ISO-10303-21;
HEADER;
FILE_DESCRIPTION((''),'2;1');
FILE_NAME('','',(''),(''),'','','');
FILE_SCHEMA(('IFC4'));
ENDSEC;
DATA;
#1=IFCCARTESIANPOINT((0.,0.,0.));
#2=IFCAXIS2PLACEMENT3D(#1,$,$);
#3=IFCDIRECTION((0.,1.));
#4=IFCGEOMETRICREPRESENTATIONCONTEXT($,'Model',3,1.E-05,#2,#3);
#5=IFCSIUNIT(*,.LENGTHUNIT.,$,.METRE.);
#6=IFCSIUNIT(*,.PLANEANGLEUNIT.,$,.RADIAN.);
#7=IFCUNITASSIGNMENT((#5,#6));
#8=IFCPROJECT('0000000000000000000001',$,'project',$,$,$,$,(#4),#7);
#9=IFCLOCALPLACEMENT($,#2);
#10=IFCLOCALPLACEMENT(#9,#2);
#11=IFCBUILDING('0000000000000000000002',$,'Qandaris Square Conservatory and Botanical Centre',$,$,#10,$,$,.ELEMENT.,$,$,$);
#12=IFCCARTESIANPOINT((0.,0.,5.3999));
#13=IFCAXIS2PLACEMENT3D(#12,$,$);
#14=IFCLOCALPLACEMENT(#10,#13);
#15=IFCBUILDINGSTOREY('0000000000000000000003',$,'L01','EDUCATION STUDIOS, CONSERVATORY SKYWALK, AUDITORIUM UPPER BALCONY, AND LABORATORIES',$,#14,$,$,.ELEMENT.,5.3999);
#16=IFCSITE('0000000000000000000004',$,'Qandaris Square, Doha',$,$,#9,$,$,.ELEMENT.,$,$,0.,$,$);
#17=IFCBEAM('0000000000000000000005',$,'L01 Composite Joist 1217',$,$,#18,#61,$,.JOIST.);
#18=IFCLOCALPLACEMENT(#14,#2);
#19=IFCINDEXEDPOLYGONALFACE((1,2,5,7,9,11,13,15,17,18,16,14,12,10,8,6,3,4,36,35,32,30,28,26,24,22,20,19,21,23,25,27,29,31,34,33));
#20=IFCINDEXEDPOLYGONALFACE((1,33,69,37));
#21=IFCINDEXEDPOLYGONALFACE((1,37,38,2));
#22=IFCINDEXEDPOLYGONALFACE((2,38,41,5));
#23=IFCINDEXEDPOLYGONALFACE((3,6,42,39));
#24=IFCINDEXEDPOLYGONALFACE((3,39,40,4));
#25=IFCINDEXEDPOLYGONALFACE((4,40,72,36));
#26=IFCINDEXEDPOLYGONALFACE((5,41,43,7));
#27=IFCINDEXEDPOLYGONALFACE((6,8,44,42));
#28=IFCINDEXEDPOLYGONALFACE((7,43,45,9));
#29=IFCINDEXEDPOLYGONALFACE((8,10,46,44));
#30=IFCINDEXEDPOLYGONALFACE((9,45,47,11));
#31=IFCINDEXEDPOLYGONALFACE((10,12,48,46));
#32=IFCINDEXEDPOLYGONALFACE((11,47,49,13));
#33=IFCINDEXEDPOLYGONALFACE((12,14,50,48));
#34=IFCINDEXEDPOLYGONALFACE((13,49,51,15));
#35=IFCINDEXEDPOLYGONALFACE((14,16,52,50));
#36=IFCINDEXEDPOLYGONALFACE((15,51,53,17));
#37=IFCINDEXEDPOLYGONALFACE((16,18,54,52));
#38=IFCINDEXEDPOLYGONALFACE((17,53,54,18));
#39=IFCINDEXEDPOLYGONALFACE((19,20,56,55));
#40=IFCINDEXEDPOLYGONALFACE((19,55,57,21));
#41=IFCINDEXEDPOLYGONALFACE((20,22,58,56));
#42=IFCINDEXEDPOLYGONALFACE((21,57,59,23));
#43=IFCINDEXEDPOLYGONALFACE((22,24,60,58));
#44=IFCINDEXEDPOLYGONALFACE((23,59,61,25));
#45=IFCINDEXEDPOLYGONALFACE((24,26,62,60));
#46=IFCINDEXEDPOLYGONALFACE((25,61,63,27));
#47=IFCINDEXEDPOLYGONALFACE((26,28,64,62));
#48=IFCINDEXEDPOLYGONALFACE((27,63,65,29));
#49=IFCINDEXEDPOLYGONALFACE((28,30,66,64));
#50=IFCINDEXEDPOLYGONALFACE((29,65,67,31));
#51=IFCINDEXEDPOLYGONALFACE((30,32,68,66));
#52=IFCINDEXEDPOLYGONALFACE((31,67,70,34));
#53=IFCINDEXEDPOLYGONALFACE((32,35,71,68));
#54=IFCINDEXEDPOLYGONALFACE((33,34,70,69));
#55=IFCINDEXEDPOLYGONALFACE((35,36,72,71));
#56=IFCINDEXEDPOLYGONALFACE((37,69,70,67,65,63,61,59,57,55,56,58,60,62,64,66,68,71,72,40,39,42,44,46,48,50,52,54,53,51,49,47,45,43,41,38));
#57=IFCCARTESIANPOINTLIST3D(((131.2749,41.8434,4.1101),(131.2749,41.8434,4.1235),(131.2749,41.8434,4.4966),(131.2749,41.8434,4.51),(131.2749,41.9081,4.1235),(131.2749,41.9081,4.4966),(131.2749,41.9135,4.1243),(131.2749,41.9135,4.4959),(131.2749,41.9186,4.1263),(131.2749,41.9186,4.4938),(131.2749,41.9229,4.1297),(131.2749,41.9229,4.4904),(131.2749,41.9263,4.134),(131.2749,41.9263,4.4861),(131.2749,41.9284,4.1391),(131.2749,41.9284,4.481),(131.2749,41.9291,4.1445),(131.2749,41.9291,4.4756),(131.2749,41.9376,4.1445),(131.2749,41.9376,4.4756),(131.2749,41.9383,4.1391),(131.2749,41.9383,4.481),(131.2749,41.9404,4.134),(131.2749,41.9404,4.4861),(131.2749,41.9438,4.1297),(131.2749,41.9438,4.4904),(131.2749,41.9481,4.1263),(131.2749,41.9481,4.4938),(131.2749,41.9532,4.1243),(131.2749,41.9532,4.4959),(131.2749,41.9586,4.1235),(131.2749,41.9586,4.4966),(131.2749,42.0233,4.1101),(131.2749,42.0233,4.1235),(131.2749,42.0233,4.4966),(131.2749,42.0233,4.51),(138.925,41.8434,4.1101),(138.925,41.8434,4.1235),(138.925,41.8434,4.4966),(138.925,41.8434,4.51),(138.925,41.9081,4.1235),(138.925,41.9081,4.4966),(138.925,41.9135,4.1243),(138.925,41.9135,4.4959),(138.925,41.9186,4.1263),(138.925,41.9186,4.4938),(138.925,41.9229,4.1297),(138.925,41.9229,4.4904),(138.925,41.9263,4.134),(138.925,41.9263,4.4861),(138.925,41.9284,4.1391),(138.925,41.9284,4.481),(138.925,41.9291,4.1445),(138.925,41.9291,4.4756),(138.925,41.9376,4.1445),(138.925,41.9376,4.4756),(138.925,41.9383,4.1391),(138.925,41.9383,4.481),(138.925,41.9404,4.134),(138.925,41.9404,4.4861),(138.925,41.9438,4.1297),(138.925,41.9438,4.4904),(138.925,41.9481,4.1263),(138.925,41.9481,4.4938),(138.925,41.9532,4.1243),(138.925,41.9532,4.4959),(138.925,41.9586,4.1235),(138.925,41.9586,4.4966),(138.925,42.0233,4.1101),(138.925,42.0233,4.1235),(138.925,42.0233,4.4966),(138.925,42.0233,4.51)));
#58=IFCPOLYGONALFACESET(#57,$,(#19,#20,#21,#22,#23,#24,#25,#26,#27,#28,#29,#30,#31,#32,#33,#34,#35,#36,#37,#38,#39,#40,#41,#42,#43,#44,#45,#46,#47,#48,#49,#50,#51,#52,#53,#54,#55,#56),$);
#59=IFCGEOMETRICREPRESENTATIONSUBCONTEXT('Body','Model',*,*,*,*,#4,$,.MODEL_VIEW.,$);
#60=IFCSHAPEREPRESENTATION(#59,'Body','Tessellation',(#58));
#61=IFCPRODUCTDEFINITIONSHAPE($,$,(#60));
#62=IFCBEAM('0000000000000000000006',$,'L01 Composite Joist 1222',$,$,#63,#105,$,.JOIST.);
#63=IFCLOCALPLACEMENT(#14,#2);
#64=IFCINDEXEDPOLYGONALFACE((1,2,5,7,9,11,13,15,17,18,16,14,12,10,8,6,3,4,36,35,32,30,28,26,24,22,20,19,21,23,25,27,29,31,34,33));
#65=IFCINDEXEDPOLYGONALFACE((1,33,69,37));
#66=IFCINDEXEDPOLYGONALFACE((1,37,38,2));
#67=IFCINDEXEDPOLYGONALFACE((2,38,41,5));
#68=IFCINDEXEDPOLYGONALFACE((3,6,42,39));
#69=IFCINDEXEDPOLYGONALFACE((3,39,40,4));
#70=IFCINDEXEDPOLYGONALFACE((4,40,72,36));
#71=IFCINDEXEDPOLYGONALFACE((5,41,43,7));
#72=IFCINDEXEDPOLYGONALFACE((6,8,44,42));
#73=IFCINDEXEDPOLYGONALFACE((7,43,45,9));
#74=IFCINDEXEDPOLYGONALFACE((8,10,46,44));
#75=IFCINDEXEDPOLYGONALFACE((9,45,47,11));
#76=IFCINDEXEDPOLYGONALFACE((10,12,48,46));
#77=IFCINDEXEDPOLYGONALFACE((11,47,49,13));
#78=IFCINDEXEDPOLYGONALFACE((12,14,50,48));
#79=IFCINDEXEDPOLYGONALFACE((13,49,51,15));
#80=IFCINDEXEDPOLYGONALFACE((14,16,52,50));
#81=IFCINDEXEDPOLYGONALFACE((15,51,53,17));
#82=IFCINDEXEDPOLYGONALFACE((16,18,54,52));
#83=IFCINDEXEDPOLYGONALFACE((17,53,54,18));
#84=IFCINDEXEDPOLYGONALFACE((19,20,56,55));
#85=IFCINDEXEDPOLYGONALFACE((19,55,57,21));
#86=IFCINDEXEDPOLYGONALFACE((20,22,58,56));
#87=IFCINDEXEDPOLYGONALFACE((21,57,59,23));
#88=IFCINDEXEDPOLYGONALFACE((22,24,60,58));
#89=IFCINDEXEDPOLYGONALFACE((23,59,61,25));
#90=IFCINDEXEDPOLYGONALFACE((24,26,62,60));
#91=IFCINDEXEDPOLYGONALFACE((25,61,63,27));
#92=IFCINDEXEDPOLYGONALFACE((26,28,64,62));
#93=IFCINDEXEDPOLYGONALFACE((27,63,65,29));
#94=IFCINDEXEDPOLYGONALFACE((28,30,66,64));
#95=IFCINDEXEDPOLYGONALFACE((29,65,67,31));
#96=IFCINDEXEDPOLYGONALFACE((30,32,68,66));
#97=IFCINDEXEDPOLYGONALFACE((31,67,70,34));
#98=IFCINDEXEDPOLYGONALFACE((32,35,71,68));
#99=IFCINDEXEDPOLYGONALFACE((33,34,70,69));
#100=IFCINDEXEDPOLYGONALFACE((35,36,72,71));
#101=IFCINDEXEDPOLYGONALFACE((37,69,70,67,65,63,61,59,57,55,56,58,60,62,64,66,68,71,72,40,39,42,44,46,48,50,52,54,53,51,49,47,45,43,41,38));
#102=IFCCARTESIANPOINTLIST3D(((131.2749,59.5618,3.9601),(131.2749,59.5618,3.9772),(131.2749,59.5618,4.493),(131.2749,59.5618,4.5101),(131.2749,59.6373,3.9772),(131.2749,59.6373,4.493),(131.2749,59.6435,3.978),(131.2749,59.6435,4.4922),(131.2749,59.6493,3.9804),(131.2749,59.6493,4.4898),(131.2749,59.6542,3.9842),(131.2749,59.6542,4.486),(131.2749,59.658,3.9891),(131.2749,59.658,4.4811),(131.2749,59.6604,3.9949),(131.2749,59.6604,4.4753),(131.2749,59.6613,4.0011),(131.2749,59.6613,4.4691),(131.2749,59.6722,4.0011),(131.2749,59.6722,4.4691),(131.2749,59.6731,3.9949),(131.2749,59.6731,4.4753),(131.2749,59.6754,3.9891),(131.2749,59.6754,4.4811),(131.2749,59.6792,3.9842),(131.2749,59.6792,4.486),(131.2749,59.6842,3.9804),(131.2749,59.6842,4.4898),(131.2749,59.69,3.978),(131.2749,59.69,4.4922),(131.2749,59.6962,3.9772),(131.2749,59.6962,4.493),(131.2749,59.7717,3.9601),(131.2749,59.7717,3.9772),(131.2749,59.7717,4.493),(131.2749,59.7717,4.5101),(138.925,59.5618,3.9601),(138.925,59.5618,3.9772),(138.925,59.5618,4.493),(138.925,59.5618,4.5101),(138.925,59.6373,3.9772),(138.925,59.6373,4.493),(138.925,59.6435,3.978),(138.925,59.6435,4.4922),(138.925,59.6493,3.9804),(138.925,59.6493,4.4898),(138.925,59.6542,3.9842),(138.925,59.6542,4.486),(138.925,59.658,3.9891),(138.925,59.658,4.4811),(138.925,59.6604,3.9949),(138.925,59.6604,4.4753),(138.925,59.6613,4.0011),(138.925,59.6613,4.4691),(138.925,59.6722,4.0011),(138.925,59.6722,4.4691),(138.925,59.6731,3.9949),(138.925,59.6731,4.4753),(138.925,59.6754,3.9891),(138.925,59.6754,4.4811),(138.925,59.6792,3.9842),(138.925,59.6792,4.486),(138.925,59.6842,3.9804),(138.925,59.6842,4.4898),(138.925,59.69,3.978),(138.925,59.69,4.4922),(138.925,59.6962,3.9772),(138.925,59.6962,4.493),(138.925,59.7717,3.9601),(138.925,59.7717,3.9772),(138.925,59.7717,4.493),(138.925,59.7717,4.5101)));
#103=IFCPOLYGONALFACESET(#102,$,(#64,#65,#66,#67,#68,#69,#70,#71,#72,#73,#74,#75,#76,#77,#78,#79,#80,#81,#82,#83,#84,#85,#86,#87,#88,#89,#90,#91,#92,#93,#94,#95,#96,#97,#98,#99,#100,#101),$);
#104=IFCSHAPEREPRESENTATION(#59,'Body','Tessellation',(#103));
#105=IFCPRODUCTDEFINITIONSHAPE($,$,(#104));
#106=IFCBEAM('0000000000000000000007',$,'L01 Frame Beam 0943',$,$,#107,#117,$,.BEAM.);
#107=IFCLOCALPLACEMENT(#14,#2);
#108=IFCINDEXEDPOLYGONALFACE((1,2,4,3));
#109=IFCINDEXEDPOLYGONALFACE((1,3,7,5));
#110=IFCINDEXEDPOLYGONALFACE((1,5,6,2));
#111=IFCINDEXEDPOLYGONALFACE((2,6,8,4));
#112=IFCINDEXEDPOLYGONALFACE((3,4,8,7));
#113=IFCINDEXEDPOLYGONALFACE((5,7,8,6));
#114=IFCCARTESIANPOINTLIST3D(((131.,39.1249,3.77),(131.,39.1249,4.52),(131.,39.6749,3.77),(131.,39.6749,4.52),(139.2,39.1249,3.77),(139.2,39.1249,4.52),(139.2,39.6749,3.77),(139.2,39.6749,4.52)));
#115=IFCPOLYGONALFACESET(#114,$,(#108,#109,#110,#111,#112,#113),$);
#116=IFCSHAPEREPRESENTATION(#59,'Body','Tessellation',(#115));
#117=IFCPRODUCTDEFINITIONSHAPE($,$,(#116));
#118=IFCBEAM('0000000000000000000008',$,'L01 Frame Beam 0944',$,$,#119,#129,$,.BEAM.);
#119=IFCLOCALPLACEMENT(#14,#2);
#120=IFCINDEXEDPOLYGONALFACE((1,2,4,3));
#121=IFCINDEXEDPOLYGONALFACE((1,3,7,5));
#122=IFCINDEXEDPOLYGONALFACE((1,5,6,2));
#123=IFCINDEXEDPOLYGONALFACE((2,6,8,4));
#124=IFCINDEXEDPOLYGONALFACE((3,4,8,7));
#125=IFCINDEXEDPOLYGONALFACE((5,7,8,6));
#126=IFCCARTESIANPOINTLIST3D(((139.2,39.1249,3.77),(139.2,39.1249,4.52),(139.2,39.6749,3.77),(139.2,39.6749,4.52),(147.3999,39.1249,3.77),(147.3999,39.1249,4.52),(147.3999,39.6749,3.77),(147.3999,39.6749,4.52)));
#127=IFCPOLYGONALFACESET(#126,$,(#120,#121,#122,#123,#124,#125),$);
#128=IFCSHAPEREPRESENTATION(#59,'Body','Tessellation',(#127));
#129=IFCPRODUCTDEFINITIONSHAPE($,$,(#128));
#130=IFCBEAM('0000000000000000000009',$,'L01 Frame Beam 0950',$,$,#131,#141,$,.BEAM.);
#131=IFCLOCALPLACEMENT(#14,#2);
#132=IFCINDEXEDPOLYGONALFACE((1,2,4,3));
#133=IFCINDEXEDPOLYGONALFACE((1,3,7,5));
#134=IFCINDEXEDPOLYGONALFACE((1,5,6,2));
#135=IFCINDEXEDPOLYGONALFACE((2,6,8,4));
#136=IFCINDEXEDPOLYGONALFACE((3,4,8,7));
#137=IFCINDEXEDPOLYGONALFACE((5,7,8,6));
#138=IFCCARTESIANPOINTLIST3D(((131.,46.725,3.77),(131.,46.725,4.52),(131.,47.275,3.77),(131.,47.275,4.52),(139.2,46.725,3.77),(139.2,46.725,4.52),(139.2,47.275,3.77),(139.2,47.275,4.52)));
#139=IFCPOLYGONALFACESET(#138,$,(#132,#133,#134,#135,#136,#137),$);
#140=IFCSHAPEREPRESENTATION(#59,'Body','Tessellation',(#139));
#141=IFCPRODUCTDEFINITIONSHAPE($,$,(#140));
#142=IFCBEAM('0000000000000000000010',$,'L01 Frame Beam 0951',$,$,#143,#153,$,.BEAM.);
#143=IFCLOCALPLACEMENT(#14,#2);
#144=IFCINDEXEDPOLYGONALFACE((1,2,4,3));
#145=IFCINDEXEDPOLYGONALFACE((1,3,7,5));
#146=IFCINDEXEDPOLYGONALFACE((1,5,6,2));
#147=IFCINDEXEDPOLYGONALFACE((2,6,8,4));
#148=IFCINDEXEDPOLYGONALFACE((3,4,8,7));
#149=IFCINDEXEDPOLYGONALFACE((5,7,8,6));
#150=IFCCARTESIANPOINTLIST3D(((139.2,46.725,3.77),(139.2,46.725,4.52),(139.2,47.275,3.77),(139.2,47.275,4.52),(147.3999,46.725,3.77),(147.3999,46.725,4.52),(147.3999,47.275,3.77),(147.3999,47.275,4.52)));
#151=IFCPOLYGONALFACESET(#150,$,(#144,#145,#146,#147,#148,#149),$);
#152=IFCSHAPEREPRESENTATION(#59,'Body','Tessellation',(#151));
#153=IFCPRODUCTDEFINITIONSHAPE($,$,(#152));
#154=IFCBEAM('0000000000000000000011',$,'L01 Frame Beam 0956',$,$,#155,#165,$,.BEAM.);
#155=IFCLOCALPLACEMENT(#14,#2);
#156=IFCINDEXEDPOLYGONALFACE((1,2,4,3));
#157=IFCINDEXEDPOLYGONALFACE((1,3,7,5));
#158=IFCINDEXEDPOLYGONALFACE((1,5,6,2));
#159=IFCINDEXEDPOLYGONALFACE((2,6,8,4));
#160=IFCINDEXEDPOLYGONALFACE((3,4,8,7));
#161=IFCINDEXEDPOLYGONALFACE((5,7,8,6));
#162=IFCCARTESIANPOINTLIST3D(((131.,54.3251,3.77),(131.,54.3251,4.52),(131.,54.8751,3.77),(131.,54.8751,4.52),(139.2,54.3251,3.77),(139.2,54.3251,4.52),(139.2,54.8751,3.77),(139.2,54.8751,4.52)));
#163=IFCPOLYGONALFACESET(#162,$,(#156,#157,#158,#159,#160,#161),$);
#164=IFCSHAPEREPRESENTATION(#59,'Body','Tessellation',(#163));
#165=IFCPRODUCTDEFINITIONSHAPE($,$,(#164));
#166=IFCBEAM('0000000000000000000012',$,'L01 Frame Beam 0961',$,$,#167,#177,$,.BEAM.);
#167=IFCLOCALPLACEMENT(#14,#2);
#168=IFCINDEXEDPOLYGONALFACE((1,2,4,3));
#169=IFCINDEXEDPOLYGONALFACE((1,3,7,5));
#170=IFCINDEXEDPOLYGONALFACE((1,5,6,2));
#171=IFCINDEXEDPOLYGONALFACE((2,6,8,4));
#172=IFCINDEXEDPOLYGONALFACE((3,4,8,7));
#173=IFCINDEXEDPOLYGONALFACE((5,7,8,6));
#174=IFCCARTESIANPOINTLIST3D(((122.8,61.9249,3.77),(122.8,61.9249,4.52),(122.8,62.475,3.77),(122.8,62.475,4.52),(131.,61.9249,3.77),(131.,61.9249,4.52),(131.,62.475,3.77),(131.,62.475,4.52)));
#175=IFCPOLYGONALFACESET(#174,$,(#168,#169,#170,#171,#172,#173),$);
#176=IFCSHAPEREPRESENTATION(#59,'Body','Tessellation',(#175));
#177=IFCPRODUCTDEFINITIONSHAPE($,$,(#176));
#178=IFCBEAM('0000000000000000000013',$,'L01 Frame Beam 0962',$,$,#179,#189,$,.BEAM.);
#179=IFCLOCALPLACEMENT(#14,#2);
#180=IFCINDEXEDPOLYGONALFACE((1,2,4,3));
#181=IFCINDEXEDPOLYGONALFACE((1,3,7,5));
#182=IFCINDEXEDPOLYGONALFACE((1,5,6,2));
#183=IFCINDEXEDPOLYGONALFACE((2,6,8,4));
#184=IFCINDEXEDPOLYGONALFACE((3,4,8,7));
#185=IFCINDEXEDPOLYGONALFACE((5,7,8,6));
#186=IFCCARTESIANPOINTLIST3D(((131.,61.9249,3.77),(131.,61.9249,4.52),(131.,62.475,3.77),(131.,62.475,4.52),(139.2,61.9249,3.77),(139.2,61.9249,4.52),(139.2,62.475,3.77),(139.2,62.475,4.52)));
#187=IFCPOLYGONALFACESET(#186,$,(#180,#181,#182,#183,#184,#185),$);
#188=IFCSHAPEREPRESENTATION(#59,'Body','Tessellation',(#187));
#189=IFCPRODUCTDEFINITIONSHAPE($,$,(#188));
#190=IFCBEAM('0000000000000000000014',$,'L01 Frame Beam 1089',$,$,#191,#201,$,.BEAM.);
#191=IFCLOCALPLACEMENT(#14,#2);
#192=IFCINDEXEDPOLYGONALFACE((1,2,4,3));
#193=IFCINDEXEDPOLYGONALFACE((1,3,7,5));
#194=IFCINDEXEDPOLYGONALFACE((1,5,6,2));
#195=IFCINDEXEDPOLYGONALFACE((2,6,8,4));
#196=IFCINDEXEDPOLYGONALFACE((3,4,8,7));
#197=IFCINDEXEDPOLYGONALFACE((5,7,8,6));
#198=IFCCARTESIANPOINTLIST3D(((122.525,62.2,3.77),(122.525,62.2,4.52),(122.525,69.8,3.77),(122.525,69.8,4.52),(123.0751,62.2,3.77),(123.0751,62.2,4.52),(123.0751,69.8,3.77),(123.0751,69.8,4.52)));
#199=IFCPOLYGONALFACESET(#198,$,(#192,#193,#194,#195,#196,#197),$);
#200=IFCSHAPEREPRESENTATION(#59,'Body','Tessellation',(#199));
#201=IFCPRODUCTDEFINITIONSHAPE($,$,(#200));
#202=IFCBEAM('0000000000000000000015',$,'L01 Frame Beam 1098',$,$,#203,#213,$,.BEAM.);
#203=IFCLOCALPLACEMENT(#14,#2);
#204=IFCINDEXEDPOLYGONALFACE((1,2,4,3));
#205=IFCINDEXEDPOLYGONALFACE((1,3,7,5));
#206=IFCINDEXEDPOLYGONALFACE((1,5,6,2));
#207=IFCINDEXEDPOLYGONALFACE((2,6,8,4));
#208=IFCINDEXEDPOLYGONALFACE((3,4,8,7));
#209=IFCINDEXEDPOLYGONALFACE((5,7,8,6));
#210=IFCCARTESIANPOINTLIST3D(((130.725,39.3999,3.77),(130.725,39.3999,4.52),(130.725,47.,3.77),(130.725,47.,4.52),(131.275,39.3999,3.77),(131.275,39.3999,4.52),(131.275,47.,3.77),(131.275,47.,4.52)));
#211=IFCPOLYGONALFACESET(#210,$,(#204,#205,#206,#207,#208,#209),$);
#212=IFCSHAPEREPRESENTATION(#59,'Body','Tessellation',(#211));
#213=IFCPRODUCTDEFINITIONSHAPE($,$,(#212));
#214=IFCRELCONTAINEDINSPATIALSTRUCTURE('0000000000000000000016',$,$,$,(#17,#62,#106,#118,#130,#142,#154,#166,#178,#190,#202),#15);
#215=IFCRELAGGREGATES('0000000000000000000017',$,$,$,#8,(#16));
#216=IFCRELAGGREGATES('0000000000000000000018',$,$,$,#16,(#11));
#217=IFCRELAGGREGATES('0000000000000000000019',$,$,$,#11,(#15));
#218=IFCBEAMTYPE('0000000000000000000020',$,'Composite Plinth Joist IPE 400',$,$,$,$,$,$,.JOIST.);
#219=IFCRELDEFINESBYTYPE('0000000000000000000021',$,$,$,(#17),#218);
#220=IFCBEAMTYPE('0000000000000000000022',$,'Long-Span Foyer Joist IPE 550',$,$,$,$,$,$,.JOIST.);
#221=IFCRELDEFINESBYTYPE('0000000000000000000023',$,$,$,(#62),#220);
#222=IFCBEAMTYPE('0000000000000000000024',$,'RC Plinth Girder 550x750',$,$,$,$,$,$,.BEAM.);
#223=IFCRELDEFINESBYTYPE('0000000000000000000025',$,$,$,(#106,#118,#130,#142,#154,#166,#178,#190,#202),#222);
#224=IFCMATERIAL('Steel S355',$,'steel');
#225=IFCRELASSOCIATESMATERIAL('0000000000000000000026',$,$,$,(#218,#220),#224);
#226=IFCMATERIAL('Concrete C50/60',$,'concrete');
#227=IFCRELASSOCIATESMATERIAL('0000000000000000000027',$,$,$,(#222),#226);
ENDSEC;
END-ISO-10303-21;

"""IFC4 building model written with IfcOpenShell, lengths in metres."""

from ifc_helpers import new_model, si_unit, direction, frame, origin, origin_2d, place, context, subcontext, project, spatial, rectangle, i_section, extrude, material, material_profile, profile_set, type_object, element, save


model = new_model("IFC4")

# Units and contexts
model_context = context("Model", 3, precision=1e-05, world=origin(), true_north=direction((0.0, 1.0)))
body_context = subcontext(model_context, "Body", "Model", "MODEL_VIEW")
ifc_project = project(units=[si_unit("LENGTHUNIT", "METRE"), si_unit("PLANEANGLEUNIT", "RADIAN")], contexts=[model_context])

# Site, building, storey
site_placement = place(None, origin())
site = spatial("IfcSite", under=ifc_project, at=site_placement, Name="Qandaris Square, Doha", CompositionType="ELEMENT", RefElevation=0.0)
building_placement = place(site_placement, origin())
building = spatial("IfcBuilding", under=site, at=building_placement, Name="Qandaris Square Conservatory and Botanical Centre", CompositionType="ELEMENT")
storey_placement = place(building_placement, frame((0.0, 0.0, 5.3999)))
storey = spatial("IfcBuildingStorey", under=building, at=storey_placement, Name="L01", Description="EDUCATION STUDIOS, CONSERVATORY SKYWALK, AUDITORIUM UPPER BALCONY, AND LABORATORIES", CompositionType="ELEMENT", Elevation=5.3999)

# Shared definitions
ifc_material_1 = material(Name="Concrete C50/60", Category="concrete")

# Beams
ifc_material_2 = material(Name="Steel S355", Category="steel")
ifc_material_profile_1 = material_profile(ifc_material_2, i_section(OverallWidth=0.1799, OverallDepth=0.3999, WebThickness=0.0085, FlangeThickness=0.0134, FilletRadius=0.021, at=origin_2d()), Name="IPE 400")
ifc_profile_set_1 = profile_set([ifc_material_profile_1], Name="Steel S355")
beam_type_1 = type_object("IfcBeamType", Name="Composite Plinth Joist IPE 400", PredefinedType="JOIST", material=ifc_profile_set_1)
for number, where, z_axis, x_axis, name in (
    (1, (131.2749, 41.9333, 4.3101), (1.0, 0.0, 0.0), (0.0, 1.0, 0.0), "L01 Composite Joist 1217"),
):
    element("IfcBeam", number, at=place(storey_placement, frame(where, z_axis=z_axis, x_axis=x_axis)), inside=storey, type_object=beam_type_1, Name=name, PredefinedType="JOIST", context=body_context, shape_type="SweptSolid", body=[
        extrude(i_section(OverallWidth=0.1799, OverallDepth=0.3999, WebThickness=0.0085, FlangeThickness=0.0134, FilletRadius=0.021, at=origin_2d()), origin(), (0.0, 0.0, 1.0), 7.6501),
    ])
ifc_material_profile_2 = material_profile(ifc_material_2, i_section(OverallWidth=0.21, OverallDepth=0.55, WebThickness=0.011, FlangeThickness=0.0171, FilletRadius=0.0239, at=origin_2d()), Name="IPE 550")
ifc_profile_set_2 = profile_set([ifc_material_profile_2], Name="Steel S355")
beam_type_2 = type_object("IfcBeamType", Name="Long-Span Foyer Joist IPE 550", PredefinedType="JOIST", material=ifc_profile_set_2)
beam_1_placement = place(storey_placement, frame((131.2749, 59.6667, 4.2351), z_axis=(1.0, 0.0, 0.0), x_axis=(0.0, 1.0, 0.0)))
element("IfcBeam", 2, at=beam_1_placement, inside=storey, type_object=beam_type_2, Name="L01 Composite Joist 1222", PredefinedType="JOIST", context=body_context, shape_type="SweptSolid", body=[
    extrude(i_section(OverallWidth=0.21, OverallDepth=0.55, WebThickness=0.011, FlangeThickness=0.0171, FilletRadius=0.0239, at=origin_2d()), origin(), (0.0, 0.0, 1.0), 7.6501),
])
ifc_material_profile_3 = material_profile(ifc_material_1, rectangle(XDim=0.55, YDim=0.75, at=origin_2d()), Name="RC-BM 550x750")
ifc_profile_set_3 = profile_set([ifc_material_profile_3], Name="Concrete C50/60")
beam_type_3 = type_object("IfcBeamType", Name="RC Plinth Girder 550x750", PredefinedType="BEAM", material=ifc_profile_set_3)
for number, where, z_axis, x_axis, name in (
    (3, (131.0, 39.3999, 4.145), (1.0, 0.0, 0.0), (0.0, 1.0, 0.0), "L01 Frame Beam 0943"),
    (4, (139.2, 39.3999, 4.145), (1.0, 0.0, 0.0), (0.0, 1.0, 0.0), "L01 Frame Beam 0944"),
    (5, (131.0, 47.0, 4.145), (1.0, 0.0, 0.0), (0.0, 1.0, 0.0), "L01 Frame Beam 0950"),
    (6, (139.2, 47.0, 4.145), (1.0, 0.0, 0.0), (0.0, 1.0, 0.0), "L01 Frame Beam 0951"),
    (7, (131.0, 54.6001, 4.145), (1.0, 0.0, 0.0), (0.0, 1.0, 0.0), "L01 Frame Beam 0956"),
    (8, (122.8, 62.2, 4.145), (1.0, 0.0, 0.0), (0.0, 1.0, 0.0), "L01 Frame Beam 0961"),
    (9, (131.0, 62.2, 4.145), (1.0, 0.0, 0.0), (0.0, 1.0, 0.0), "L01 Frame Beam 0962"),
):
    element("IfcBeam", number, at=place(storey_placement, frame(where, z_axis=z_axis, x_axis=x_axis)), inside=storey, type_object=beam_type_3, Name=name, PredefinedType="BEAM", context=body_context, shape_type="SweptSolid", body=[
        extrude(rectangle(XDim=0.55, YDim=0.75, at=origin_2d()), origin(), (0.0, 0.0, 1.0), 8.2),
    ])
for number, where, z_axis, x_axis, name in (
    (10, (122.8, 62.2, 4.145), (0.0, 1.0, 0.0), (-1.0, 0.0, 0.0), "L01 Frame Beam 1089"),
    (11, (131.0, 39.3999, 4.145), (0.0, 1.0, 0.0), (-1.0, 0.0, 0.0), "L01 Frame Beam 1098"),
):
    element("IfcBeam", number, at=place(storey_placement, frame(where, z_axis=z_axis, x_axis=x_axis)), inside=storey, type_object=beam_type_3, Name=name, PredefinedType="BEAM", context=body_context, shape_type="SweptSolid", body=[
        extrude(rectangle(XDim=0.55, YDim=0.75, at=origin_2d()), origin(), (0.0, 0.0, 1.0), 7.6001),
    ])

save(model, "model.ifc")
